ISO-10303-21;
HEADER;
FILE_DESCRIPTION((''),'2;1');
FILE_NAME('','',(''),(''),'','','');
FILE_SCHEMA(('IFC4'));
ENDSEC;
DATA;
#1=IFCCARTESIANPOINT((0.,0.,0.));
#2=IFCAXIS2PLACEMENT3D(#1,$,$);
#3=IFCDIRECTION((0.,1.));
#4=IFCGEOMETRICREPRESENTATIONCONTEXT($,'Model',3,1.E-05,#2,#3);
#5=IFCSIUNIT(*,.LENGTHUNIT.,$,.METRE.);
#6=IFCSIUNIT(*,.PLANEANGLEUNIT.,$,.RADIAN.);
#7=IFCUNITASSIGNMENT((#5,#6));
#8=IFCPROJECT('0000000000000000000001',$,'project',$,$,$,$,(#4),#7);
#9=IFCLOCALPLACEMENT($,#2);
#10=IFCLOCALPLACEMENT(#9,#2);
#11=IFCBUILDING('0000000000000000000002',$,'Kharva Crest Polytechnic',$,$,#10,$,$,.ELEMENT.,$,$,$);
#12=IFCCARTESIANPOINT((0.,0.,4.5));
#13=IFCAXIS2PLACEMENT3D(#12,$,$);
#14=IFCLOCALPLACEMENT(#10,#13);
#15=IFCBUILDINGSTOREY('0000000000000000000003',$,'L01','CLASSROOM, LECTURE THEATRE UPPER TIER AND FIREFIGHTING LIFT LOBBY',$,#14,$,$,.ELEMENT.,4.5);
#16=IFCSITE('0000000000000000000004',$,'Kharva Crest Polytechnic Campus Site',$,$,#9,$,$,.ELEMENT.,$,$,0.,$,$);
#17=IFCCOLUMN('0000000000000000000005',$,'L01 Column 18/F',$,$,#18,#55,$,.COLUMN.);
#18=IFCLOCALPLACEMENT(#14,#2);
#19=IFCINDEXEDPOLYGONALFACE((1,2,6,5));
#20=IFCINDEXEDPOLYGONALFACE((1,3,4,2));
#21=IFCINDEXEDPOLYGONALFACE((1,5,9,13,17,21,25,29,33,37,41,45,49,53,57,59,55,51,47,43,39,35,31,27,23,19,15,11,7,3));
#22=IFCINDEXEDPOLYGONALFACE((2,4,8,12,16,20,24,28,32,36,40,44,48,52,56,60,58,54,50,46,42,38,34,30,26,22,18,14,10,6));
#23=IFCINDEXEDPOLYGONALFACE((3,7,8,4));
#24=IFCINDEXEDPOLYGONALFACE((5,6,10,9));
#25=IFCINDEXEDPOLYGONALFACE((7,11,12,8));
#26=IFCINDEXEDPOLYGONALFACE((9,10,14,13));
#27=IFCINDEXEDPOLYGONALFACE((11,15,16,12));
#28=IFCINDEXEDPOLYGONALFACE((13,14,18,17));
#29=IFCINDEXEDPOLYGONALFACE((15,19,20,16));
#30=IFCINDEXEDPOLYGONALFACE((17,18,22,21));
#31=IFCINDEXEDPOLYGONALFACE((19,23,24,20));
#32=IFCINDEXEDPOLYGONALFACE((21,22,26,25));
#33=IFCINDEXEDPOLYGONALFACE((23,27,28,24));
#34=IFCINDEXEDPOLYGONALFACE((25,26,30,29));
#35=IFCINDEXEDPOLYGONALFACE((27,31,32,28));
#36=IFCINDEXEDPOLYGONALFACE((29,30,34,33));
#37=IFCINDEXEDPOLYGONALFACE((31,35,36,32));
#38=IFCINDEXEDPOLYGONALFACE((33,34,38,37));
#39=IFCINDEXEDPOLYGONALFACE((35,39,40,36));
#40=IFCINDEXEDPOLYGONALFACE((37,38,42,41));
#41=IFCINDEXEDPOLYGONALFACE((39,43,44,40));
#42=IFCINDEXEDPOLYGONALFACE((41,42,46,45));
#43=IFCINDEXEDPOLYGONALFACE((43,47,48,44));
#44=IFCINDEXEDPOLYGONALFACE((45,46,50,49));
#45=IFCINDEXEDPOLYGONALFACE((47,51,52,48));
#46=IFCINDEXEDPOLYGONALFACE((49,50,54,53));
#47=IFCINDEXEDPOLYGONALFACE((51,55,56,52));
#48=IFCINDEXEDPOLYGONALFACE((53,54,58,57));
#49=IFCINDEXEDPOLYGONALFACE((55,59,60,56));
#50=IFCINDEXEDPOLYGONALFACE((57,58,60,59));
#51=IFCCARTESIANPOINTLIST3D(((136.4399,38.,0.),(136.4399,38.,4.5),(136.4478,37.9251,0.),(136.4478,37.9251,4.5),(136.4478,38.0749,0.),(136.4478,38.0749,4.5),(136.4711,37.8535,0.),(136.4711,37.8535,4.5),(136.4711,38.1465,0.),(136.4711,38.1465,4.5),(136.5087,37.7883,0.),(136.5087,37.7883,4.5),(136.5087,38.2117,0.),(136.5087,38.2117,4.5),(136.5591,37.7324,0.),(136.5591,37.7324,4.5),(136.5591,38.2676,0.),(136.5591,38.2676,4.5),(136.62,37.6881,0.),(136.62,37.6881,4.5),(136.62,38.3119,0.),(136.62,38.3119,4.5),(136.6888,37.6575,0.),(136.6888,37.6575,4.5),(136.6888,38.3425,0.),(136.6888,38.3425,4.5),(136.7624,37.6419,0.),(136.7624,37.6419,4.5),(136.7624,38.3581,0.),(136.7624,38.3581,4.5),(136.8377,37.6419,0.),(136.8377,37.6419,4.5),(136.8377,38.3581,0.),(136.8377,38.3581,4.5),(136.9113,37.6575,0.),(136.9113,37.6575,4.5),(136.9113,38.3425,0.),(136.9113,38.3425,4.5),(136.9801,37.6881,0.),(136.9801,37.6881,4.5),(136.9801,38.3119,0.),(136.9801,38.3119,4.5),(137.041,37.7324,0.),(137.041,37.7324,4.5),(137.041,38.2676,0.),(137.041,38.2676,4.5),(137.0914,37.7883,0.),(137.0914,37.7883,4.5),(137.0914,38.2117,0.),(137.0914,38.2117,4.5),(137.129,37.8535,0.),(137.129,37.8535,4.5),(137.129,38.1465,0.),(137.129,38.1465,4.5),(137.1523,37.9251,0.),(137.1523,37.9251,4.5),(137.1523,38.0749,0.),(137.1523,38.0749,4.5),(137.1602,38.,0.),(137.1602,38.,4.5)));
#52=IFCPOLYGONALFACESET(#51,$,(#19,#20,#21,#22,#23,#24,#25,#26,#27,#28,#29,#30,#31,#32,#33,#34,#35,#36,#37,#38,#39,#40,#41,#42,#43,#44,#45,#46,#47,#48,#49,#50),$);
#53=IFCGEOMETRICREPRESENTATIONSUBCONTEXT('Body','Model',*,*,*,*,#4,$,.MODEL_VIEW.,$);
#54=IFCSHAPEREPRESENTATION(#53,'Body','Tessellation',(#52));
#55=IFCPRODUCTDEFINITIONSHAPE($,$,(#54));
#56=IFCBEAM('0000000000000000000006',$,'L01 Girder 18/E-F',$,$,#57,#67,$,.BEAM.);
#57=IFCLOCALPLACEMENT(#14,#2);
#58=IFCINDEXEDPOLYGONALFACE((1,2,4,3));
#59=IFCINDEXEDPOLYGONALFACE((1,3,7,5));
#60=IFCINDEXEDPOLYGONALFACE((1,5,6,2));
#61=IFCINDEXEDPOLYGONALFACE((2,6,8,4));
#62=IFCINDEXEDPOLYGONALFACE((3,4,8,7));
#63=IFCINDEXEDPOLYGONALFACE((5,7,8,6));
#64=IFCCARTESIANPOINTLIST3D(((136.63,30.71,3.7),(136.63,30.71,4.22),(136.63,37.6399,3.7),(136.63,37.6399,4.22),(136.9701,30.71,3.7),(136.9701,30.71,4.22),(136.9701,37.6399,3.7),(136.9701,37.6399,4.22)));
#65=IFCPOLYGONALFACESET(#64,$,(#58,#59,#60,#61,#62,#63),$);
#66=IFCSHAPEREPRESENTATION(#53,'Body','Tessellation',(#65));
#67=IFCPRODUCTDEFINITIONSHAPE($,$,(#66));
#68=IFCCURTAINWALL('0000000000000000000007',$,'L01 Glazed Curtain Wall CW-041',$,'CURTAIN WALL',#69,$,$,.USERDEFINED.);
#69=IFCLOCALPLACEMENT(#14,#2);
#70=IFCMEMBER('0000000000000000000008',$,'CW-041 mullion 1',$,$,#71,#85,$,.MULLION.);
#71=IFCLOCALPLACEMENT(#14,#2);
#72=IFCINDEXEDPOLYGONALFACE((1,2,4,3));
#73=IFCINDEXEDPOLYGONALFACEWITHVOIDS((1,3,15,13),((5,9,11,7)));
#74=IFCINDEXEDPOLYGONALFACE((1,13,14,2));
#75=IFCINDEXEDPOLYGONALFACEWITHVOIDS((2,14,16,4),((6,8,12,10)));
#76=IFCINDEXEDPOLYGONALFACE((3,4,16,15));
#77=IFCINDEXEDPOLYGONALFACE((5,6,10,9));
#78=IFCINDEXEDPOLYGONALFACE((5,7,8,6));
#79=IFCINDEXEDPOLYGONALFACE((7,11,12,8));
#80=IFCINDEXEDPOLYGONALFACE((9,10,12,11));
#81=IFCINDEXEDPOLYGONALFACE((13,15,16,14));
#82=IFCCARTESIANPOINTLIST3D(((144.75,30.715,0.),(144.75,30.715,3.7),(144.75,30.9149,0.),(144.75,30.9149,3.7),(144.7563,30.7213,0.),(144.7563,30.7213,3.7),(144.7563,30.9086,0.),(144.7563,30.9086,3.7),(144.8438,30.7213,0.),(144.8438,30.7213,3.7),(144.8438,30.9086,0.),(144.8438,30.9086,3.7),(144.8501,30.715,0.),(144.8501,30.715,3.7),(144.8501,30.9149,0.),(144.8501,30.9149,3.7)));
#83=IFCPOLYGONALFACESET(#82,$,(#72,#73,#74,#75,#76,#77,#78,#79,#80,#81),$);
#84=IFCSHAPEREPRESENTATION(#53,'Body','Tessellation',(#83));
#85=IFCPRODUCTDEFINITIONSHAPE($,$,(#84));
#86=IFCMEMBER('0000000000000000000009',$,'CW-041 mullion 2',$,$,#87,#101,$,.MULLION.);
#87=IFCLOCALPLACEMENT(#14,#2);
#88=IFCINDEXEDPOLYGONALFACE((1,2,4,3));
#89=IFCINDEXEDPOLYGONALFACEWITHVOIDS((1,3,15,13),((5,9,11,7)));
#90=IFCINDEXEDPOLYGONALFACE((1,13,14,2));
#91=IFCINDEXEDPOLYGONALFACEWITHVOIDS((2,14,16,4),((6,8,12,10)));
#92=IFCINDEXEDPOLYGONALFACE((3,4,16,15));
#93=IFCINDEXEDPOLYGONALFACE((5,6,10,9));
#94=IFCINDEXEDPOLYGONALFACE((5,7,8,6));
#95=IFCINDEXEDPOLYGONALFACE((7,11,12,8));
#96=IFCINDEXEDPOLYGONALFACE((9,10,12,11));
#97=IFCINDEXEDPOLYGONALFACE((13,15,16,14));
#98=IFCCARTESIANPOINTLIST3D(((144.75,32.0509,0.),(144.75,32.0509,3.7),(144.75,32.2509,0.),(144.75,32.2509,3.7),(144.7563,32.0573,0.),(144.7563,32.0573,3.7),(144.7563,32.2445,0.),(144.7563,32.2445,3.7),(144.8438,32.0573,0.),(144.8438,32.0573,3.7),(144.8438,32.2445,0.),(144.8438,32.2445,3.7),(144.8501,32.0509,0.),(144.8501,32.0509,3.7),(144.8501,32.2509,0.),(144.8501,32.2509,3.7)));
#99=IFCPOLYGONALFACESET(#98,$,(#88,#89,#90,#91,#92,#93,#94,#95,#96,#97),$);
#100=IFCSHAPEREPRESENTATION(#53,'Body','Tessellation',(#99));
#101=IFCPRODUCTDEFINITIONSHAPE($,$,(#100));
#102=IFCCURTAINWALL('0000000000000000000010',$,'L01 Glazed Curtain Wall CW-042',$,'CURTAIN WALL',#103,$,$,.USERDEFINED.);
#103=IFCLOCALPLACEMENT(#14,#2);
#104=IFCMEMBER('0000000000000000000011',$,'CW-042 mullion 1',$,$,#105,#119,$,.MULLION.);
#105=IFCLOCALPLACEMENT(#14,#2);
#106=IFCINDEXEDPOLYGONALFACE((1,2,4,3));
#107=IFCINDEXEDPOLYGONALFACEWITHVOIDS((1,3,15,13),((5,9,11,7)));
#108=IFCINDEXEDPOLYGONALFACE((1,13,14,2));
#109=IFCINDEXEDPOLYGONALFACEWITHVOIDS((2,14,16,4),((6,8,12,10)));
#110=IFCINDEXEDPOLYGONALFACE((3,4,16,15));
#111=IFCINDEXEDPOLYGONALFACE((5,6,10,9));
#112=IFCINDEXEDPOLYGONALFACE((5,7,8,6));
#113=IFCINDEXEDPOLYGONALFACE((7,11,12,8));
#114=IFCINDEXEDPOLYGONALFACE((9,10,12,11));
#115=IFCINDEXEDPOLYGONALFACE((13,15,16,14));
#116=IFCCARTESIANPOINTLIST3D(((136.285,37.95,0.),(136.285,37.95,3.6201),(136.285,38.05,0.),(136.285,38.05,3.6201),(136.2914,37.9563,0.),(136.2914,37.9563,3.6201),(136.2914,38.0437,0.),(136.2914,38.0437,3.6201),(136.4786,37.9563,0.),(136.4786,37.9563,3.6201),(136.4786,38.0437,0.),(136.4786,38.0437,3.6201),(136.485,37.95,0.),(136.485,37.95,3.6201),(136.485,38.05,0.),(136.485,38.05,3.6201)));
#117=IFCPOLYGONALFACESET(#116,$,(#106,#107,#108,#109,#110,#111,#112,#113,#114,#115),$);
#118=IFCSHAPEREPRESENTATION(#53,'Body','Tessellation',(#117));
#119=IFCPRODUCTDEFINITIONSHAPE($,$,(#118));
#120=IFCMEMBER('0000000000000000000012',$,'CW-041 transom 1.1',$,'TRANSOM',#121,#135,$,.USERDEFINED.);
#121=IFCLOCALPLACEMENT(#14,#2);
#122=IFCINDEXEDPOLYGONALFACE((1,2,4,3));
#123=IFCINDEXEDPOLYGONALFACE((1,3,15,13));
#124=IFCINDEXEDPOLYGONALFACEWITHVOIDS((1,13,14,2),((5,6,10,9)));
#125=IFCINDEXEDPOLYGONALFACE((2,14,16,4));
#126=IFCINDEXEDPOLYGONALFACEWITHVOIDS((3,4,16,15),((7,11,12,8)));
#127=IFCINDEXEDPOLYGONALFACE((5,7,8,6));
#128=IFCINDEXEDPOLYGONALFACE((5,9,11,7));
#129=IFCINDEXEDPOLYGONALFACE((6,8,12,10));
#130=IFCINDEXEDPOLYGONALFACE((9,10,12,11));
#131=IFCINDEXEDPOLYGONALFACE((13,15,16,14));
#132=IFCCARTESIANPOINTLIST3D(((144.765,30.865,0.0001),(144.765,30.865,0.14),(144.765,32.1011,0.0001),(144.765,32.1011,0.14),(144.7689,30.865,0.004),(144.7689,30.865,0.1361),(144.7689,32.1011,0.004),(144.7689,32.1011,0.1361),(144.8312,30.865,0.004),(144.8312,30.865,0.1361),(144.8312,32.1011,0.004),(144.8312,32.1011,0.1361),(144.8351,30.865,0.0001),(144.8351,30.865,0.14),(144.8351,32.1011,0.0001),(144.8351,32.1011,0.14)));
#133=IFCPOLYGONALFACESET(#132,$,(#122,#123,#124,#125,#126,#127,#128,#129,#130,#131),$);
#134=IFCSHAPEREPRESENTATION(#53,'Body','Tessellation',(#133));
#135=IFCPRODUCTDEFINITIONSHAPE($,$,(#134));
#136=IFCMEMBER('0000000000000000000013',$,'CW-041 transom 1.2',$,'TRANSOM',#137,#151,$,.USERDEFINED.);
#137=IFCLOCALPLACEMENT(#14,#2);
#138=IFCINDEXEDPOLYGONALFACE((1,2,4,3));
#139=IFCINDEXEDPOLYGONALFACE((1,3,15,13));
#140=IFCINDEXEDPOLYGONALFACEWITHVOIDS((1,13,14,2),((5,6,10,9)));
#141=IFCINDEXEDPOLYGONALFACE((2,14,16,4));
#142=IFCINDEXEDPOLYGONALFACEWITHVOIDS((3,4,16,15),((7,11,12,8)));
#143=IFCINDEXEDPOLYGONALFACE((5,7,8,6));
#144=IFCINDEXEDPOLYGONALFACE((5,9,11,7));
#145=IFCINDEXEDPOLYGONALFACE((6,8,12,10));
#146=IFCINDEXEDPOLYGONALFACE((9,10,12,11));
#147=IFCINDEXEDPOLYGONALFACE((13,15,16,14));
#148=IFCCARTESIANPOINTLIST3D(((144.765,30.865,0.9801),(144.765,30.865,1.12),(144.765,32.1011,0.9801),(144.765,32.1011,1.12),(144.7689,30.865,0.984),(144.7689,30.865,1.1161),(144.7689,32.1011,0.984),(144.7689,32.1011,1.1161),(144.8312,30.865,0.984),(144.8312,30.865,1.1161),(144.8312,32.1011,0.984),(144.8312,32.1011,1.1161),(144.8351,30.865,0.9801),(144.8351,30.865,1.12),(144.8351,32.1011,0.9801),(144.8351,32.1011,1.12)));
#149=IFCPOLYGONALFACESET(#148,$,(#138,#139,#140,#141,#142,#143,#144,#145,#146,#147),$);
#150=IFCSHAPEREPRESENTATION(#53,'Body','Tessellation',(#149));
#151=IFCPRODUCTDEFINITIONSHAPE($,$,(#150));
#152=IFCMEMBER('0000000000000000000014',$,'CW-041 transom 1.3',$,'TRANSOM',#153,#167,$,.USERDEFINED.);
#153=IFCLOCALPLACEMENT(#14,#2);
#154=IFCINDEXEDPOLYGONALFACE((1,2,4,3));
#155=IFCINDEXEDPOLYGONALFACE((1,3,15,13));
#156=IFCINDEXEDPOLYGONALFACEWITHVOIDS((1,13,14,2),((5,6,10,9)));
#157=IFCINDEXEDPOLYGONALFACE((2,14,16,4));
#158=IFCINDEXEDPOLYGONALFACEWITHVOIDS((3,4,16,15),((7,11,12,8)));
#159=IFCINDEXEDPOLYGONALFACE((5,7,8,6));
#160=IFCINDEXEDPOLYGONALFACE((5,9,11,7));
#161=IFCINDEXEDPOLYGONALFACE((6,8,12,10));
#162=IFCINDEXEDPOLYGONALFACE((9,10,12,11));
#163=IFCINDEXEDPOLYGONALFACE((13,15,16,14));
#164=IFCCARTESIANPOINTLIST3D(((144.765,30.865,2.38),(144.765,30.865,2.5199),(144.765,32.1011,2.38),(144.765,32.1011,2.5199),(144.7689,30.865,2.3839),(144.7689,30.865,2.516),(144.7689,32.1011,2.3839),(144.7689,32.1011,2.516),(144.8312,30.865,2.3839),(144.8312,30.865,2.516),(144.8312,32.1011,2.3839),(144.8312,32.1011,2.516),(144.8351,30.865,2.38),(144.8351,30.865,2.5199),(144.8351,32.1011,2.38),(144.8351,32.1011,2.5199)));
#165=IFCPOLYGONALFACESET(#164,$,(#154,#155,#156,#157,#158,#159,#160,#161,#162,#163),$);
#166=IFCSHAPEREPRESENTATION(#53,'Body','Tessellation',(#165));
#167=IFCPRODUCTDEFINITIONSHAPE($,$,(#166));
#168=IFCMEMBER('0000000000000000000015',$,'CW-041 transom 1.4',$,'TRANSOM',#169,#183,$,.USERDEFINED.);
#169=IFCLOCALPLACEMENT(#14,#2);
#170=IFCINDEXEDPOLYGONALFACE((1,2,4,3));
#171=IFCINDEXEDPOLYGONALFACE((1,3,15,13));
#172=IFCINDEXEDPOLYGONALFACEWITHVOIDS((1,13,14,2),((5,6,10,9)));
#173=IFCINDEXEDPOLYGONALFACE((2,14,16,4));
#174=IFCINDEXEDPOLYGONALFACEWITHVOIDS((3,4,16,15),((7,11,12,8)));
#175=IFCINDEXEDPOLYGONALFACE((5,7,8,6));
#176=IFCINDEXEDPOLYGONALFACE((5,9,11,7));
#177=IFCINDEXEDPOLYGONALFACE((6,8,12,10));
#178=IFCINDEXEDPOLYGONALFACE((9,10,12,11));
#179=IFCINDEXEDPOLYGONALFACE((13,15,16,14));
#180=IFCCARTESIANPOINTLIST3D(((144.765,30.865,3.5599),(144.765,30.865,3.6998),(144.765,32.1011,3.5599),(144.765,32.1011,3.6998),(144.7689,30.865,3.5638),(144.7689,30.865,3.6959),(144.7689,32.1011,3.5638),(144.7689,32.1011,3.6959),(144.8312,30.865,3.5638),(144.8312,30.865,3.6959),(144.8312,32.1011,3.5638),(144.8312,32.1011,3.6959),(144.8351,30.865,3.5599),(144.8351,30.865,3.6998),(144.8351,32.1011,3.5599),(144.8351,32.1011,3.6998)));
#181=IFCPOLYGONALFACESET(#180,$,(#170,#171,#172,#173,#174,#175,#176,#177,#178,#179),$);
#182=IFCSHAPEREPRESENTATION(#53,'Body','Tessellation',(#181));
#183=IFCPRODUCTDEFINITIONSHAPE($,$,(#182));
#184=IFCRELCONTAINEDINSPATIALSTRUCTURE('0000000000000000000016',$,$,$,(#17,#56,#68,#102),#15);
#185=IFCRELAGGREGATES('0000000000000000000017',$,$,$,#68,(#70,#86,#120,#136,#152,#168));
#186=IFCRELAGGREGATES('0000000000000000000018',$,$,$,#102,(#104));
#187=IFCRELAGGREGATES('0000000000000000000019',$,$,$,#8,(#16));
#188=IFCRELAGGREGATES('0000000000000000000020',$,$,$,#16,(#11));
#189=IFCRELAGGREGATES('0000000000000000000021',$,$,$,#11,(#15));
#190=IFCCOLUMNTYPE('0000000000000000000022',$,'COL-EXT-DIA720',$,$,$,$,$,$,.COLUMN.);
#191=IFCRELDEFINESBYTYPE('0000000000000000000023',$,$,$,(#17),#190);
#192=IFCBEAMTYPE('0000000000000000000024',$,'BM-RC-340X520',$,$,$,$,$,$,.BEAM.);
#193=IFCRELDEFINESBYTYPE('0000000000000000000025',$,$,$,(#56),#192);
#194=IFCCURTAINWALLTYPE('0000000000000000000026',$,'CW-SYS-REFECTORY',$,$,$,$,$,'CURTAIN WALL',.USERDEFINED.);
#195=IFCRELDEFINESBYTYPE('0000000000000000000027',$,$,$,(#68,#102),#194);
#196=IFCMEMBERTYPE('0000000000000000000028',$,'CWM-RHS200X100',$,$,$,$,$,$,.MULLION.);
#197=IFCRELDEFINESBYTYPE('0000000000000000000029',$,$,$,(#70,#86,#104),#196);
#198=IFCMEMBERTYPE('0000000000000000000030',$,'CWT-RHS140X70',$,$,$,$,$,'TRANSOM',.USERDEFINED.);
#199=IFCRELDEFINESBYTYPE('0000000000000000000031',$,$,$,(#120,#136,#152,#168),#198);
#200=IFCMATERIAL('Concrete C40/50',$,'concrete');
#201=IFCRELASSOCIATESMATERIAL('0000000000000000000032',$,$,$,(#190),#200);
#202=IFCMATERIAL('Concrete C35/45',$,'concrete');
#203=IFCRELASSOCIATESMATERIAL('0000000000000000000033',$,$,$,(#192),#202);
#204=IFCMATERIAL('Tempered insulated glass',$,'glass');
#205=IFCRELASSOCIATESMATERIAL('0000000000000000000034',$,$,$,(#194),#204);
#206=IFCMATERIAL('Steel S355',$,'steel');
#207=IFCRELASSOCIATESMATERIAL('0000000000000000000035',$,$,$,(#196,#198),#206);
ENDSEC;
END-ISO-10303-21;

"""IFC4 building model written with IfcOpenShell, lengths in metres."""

from ifc_helpers import new_model, si_unit, direction, frame, origin, origin_2d, place, context, subcontext, project, spatial, rectangle, hollow_rectangle, circle, extrude, material, material_profile, profile_set, type_object, element, aggregate, save


model = new_model("IFC4")

# Units and contexts
model_context = context("Model", 3, precision=1e-05, world=origin(), true_north=direction((0.0, 1.0)))
body_context = subcontext(model_context, "Body", "Model", "MODEL_VIEW")
ifc_project = project(units=[si_unit("LENGTHUNIT", "METRE"), si_unit("PLANEANGLEUNIT", "RADIAN")], contexts=[model_context])

# Site, building, storey
site_placement = place(None, origin())
site = spatial("IfcSite", under=ifc_project, at=site_placement, Name="Kharva Crest Polytechnic Campus Site", CompositionType="ELEMENT", RefElevation=0.0)
building_placement = place(site_placement, origin())
building = spatial("IfcBuilding", under=site, at=building_placement, Name="Kharva Crest Polytechnic", CompositionType="ELEMENT")
storey_placement = place(building_placement, frame((0.0, 0.0, 4.5)))
storey = spatial("IfcBuildingStorey", under=building, at=storey_placement, Name="L01", Description="CLASSROOM, LECTURE THEATRE UPPER TIER AND FIREFIGHTING LIFT LOBBY", CompositionType="ELEMENT", Elevation=4.5)

# Column
ifc_material_1 = material(Name="Concrete C40/50", Category="concrete")
ifc_material_profile_1 = material_profile(ifc_material_1, circle(Radius=0.3601, at=origin_2d()), Name="DIA 720")
ifc_profile_set_1 = profile_set([ifc_material_profile_1], Name="Concrete C40/50")
column_type = type_object("IfcColumnType", Name="COL-EXT-DIA720", PredefinedType="COLUMN", material=ifc_profile_set_1)
column_placement = place(storey_placement, frame((136.8, 38.0, 0.0), z_axis=(0.0, 0.0, 1.0), x_axis=(1.0, 0.0, 0.0)))
element("IfcColumn", 1, at=column_placement, inside=storey, type_object=column_type, Name="L01 Column 18/F", PredefinedType="COLUMN", context=body_context, shape_type="SweptSolid", body=[
    extrude(circle(Radius=0.3601, at=origin_2d()), origin(), (0.0, 0.0, 1.0), 4.5),
])

# Beam
ifc_material_2 = material(Name="Concrete C35/45", Category="concrete")
ifc_material_profile_2 = material_profile(ifc_material_2, rectangle(XDim=0.3401, YDim=0.52, at=origin_2d()), Name="RECT 340 X 520")
ifc_profile_set_2 = profile_set([ifc_material_profile_2], Name="Concrete C35/45")
beam_type_1 = type_object("IfcBeamType", Name="BM-RC-340X520", PredefinedType="BEAM", material=ifc_profile_set_2)
beam_1_placement = place(storey_placement, frame((136.8, 30.71, 3.96), z_axis=(0.0, 1.0, 0.0), x_axis=(-1.0, 0.0, 0.0)))
element("IfcBeam", 2, at=beam_1_placement, inside=storey, type_object=beam_type_1, Name="L01 Girder 18/E-F", PredefinedType="BEAM", context=body_context, shape_type="SweptSolid", body=[
    extrude(rectangle(XDim=0.3401, YDim=0.52, at=origin_2d()), origin(), (0.0, 0.0, 1.0), 6.9299),
])

# Curtain wall, members
ifc_material_3 = material(Name="Tempered insulated glass", Category="glass")
curtain_wall_type = type_object("IfcCurtainWallType", Name="CW-SYS-REFECTORY", ElementType="CURTAIN WALL", PredefinedType="USERDEFINED", material=ifc_material_3)
curtain_wall_1_placement = place(storey_placement, origin())
curtain_wall_1 = element("IfcCurtainWall", 3, at=curtain_wall_1_placement, inside=storey, type_object=curtain_wall_type, Name="L01 Glazed Curtain Wall CW-041", ObjectType="CURTAIN WALL", PredefinedType="USERDEFINED")
ifc_material_4 = material(Name="Steel S355", Category="steel")
ifc_material_profile_3 = material_profile(ifc_material_4, hollow_rectangle(XDim=0.1001, YDim=0.2, WallThickness=0.0063, at=origin_2d()), Name="RHS 200X100X6.3")
ifc_profile_set_3 = profile_set([ifc_material_profile_3], Name="Steel S355")
member_type_1 = type_object("IfcMemberType", Name="CWM-RHS200X100", PredefinedType="MULLION", material=ifc_profile_set_3)
member_1_placement = place(storey_placement, frame((144.8, 30.8149, 0.0), z_axis=(0.0, 0.0, 1.0), x_axis=(-1.0, 0.0, 0.0)))
member_1 = element("IfcMember", 4, at=member_1_placement, type_object=member_type_1, Name="CW-041 mullion 1", PredefinedType="MULLION", context=body_context, shape_type="SweptSolid", body=[
    extrude(hollow_rectangle(XDim=0.1001, YDim=0.2, WallThickness=0.0063, at=origin_2d()), origin(), (0.0, 0.0, 1.0), 3.7),
])
member_2_placement = place(storey_placement, frame((144.8, 32.1509, 0.0), z_axis=(0.0, 0.0, 1.0), x_axis=(-1.0, 0.0, 0.0)))
member_2 = element("IfcMember", 5, at=member_2_placement, type_object=member_type_1, Name="CW-041 mullion 2", PredefinedType="MULLION", context=body_context, shape_type="SweptSolid", body=[
    extrude(hollow_rectangle(XDim=0.1001, YDim=0.2, WallThickness=0.0063, at=origin_2d()), origin(), (0.0, 0.0, 1.0), 3.7),
])

# Curtain wall, member
curtain_wall_2_placement = place(storey_placement, origin())
curtain_wall_2 = element("IfcCurtainWall", 6, at=curtain_wall_2_placement, inside=storey, type_object=curtain_wall_type, Name="L01 Glazed Curtain Wall CW-042", ObjectType="CURTAIN WALL", PredefinedType="USERDEFINED")
member_3_placement = place(storey_placement, frame((136.385, 38.0, 0.0), z_axis=(0.0, 0.0, 1.0), x_axis=(0.0, -1.0, 0.0)))
member_3 = element("IfcMember", 7, at=member_3_placement, type_object=member_type_1, Name="CW-042 mullion 1", PredefinedType="MULLION", context=body_context, shape_type="SweptSolid", body=[
    extrude(hollow_rectangle(XDim=0.1001, YDim=0.2, WallThickness=0.0063, at=origin_2d()), origin(), (0.0, 0.0, 1.0), 3.6201),
])

# Members
ifc_material_profile_4 = material_profile(ifc_material_4, hollow_rectangle(XDim=0.0701, YDim=0.1399, WallThickness=0.0039, at=origin_2d()), Name="RHS 140X70X4.0")
ifc_profile_set_4 = profile_set([ifc_material_profile_4], Name="Steel S355")
member_type_2 = type_object("IfcMemberType", Name="CWT-RHS140X70", ElementType="TRANSOM", PredefinedType="USERDEFINED", material=ifc_profile_set_4)
member_4_placement = place(storey_placement, frame((144.8, 30.865, 0.0701), z_axis=(0.0, 1.0, 0.0), x_axis=(-1.0, 0.0, 0.0)))
member_4 = element("IfcMember", 8, at=member_4_placement, type_object=member_type_2, Name="CW-041 transom 1.1", ObjectType="TRANSOM", PredefinedType="USERDEFINED", context=body_context, shape_type="SweptSolid", body=[
    extrude(hollow_rectangle(XDim=0.0701, YDim=0.1399, WallThickness=0.0039, at=origin_2d()), origin(), (0.0, 0.0, 1.0), 1.2361),
])
member_5_placement = place(storey_placement, frame((144.8, 30.865, 1.05), z_axis=(0.0, 1.0, 0.0), x_axis=(-1.0, 0.0, 0.0)))
member_5 = element("IfcMember", 9, at=member_5_placement, type_object=member_type_2, Name="CW-041 transom 1.2", ObjectType="TRANSOM", PredefinedType="USERDEFINED", context=body_context, shape_type="SweptSolid", body=[
    extrude(hollow_rectangle(XDim=0.0701, YDim=0.1399, WallThickness=0.0039, at=origin_2d()), origin(), (0.0, 0.0, 1.0), 1.2361),
])
member_6_placement = place(storey_placement, frame((144.8, 30.865, 2.45), z_axis=(0.0, 1.0, 0.0), x_axis=(-1.0, 0.0, 0.0)))
member_6 = element("IfcMember", 10, at=member_6_placement, type_object=member_type_2, Name="CW-041 transom 1.3", ObjectType="TRANSOM", PredefinedType="USERDEFINED", context=body_context, shape_type="SweptSolid", body=[
    extrude(hollow_rectangle(XDim=0.0701, YDim=0.1399, WallThickness=0.0039, at=origin_2d()), origin(), (0.0, 0.0, 1.0), 1.2361),
])
member_7_placement = place(storey_placement, frame((144.8, 30.865, 3.6299), z_axis=(0.0, 1.0, 0.0), x_axis=(-1.0, 0.0, 0.0)))
member_7 = element("IfcMember", 11, at=member_7_placement, type_object=member_type_2, Name="CW-041 transom 1.4", ObjectType="TRANSOM", PredefinedType="USERDEFINED", context=body_context, shape_type="SweptSolid", body=[
    extrude(hollow_rectangle(XDim=0.0701, YDim=0.1399, WallThickness=0.0039, at=origin_2d()), origin(), (0.0, 0.0, 1.0), 1.2361),
])

aggregate(curtain_wall_1, [member_1, member_2, member_4, member_5, member_6, member_7])
aggregate(curtain_wall_2, [member_3])

save(model, "model.ifc")
